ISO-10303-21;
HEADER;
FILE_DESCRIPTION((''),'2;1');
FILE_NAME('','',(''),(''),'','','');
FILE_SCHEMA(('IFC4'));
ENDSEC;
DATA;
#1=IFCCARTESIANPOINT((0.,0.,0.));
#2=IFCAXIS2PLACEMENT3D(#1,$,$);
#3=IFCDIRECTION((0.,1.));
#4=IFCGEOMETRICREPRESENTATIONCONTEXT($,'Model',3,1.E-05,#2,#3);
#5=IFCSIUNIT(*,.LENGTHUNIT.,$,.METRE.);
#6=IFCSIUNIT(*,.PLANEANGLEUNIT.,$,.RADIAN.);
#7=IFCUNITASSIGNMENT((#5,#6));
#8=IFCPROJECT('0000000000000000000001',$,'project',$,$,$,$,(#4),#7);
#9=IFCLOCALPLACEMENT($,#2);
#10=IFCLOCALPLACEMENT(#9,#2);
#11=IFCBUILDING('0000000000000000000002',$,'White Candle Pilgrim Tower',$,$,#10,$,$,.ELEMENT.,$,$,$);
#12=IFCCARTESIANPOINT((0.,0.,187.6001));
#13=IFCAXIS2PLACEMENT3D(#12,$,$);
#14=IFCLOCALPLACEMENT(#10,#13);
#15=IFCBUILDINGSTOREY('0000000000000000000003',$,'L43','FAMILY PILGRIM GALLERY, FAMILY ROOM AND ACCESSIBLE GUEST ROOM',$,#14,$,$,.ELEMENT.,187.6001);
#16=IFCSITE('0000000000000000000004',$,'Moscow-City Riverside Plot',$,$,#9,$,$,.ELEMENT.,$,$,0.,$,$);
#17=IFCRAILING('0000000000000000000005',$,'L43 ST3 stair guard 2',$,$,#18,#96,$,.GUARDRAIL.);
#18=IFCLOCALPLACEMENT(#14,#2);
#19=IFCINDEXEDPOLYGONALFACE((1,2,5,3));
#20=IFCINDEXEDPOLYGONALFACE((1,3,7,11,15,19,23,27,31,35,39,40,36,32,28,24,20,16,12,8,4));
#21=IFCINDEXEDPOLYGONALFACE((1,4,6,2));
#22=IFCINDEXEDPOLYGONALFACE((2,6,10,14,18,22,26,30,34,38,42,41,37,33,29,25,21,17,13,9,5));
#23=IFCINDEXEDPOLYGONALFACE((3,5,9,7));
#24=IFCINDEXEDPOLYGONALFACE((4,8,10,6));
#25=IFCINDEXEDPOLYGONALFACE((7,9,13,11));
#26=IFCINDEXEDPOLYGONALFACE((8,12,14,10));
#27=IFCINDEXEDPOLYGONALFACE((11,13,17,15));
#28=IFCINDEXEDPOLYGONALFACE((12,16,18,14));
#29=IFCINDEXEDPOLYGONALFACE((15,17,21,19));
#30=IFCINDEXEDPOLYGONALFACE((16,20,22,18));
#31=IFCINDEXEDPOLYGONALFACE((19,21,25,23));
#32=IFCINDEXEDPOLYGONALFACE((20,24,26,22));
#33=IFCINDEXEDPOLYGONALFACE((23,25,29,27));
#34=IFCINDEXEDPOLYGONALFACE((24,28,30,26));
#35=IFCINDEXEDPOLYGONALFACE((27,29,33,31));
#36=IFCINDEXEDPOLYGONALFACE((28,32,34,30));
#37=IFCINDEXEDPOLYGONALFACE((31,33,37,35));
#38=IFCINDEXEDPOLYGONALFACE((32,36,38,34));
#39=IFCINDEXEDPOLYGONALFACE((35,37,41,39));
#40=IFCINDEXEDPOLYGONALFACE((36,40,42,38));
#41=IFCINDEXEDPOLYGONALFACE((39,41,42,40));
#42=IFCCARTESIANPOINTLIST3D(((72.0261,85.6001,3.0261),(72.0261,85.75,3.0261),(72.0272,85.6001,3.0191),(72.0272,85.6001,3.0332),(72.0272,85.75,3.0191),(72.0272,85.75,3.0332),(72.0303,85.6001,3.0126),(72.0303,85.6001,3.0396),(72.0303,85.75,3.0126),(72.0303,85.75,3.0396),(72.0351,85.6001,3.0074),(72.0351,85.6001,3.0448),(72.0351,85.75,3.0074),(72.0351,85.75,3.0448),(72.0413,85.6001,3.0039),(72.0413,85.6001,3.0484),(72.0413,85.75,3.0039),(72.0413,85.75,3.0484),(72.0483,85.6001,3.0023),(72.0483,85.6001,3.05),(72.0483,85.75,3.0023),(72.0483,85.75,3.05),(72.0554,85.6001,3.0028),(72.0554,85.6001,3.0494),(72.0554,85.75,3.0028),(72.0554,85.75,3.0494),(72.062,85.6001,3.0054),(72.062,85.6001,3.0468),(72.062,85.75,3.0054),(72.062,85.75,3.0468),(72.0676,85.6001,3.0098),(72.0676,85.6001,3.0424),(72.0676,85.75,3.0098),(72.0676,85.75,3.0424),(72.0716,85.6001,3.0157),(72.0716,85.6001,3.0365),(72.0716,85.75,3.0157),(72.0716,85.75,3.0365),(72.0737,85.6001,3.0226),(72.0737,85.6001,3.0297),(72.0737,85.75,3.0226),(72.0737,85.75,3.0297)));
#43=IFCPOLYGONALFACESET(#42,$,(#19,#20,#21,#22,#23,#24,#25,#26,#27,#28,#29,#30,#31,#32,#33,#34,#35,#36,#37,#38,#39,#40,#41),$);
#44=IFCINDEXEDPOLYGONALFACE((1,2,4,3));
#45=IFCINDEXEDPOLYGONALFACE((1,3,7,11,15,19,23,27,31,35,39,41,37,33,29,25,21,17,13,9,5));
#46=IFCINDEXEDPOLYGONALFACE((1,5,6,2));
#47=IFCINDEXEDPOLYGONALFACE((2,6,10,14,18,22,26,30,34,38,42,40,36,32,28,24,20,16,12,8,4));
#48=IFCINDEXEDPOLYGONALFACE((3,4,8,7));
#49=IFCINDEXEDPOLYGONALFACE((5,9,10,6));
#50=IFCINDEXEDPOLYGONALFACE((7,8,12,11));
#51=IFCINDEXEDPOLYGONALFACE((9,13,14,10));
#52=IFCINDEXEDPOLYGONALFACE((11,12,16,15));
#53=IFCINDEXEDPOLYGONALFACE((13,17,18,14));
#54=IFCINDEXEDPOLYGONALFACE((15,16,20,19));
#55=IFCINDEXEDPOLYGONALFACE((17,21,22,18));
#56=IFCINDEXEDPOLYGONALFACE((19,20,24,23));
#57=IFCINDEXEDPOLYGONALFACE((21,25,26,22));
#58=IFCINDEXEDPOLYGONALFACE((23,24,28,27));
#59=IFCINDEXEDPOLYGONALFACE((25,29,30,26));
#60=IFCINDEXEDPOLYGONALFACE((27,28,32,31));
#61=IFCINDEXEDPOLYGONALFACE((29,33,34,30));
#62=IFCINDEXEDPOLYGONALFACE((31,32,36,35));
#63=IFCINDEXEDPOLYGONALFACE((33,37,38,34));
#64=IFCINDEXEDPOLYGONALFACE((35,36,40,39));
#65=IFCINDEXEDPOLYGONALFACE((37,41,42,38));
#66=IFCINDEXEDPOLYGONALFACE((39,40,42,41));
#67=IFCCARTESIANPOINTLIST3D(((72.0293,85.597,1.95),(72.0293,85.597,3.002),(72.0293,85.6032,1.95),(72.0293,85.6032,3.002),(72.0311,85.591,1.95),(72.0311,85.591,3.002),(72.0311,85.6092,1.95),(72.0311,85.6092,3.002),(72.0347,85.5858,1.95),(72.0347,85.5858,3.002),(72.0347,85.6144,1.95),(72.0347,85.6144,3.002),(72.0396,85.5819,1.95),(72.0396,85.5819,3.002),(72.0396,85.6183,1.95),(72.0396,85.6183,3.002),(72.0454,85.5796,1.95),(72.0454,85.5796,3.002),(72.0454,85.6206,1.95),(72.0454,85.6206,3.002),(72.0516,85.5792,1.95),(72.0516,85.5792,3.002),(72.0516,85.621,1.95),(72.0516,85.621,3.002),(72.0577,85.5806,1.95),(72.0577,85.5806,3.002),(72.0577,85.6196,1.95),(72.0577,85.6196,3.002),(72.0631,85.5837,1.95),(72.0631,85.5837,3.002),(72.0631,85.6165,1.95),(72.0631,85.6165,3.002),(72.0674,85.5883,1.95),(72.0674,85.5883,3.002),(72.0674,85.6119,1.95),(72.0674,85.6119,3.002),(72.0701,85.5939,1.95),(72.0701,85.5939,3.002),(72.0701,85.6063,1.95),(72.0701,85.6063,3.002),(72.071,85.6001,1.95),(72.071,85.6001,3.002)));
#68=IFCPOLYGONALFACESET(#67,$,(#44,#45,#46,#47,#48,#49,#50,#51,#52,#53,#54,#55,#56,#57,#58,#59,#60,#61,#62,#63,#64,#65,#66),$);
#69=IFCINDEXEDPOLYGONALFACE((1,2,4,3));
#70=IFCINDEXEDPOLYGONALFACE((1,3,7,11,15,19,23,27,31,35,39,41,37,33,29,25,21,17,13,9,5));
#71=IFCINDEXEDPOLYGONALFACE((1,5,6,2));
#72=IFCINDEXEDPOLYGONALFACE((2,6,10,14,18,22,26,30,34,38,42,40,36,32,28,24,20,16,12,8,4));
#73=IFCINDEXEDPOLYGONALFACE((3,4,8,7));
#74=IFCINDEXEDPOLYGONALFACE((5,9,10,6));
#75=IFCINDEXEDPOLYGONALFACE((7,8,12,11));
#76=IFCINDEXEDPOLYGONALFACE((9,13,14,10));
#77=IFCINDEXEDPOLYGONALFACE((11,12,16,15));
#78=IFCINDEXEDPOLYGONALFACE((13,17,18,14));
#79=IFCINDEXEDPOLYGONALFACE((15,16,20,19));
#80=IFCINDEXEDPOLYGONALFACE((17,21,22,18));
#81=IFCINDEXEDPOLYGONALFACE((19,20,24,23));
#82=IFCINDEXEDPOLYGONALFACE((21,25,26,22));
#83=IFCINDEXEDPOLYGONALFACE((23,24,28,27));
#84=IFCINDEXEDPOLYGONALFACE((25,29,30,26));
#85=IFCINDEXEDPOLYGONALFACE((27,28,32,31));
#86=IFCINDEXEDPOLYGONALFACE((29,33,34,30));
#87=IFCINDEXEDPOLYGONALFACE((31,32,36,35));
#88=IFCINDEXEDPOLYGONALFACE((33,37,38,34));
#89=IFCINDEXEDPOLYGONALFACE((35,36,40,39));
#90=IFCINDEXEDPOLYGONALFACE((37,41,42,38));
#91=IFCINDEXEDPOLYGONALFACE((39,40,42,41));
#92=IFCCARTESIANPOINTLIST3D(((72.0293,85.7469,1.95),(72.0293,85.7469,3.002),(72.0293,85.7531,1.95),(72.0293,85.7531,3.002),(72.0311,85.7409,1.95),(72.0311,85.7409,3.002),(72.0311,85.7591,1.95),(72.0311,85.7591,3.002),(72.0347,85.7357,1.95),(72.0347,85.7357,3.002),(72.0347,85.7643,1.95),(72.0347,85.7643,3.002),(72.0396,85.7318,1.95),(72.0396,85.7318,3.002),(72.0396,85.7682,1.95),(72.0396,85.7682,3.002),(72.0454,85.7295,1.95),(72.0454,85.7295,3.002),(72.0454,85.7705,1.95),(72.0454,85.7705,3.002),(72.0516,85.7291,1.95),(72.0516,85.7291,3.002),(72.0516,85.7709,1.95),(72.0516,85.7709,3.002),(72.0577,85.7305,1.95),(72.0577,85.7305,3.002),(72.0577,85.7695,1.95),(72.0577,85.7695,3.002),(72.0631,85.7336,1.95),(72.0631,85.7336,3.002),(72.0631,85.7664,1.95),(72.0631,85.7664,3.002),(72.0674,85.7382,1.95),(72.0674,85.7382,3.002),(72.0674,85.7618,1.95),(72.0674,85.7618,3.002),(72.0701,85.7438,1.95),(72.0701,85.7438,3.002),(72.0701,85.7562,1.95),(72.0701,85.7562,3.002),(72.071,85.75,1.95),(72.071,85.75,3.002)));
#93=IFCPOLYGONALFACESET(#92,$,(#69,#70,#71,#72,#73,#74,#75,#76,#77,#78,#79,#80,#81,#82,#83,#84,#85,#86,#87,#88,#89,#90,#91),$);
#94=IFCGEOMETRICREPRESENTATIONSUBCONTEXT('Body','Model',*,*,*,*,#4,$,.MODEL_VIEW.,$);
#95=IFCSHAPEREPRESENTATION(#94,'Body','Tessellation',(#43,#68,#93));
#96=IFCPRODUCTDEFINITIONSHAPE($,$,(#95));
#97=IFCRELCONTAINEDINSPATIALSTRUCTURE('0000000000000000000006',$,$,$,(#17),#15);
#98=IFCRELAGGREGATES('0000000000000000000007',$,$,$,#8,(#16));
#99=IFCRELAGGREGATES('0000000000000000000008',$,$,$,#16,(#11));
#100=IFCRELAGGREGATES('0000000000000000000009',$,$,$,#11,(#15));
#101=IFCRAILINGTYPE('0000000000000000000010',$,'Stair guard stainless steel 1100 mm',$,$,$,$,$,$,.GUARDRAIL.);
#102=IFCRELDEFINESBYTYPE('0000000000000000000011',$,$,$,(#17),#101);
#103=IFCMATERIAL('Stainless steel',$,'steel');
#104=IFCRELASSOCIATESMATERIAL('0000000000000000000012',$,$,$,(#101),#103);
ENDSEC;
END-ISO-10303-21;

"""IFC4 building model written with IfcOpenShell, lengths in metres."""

from ifc_helpers import new_model, si_unit, direction, frame, origin, origin_2d, place, context, subcontext, project, spatial, circle, extrude, material, type_object, element, save


model = new_model("IFC4")

# Units and contexts
model_context = context("Model", 3, precision=1e-05, world=origin(), true_north=direction((0.0, 1.0)))
body_context = subcontext(model_context, "Body", "Model", "MODEL_VIEW")
ifc_project = project(units=[si_unit("LENGTHUNIT", "METRE"), si_unit("PLANEANGLEUNIT", "RADIAN")], contexts=[model_context])

# Site, building, storey
site_placement = place(None, origin())
site = spatial("IfcSite", under=ifc_project, at=site_placement, Name="Moscow-City Riverside Plot", CompositionType="ELEMENT", RefElevation=0.0)
building_placement = place(site_placement, origin())
building = spatial("IfcBuilding", under=site, at=building_placement, Name="White Candle Pilgrim Tower", CompositionType="ELEMENT")
storey_placement = place(building_placement, frame((0.0, 0.0, 187.6001)))
storey = spatial("IfcBuildingStorey", under=building, at=storey_placement, Name="L43", Description="FAMILY PILGRIM GALLERY, FAMILY ROOM AND ACCESSIBLE GUEST ROOM", CompositionType="ELEMENT", Elevation=187.6001)

# Railing
ifc_material_1 = material(Name="Stainless steel", Category="steel")
railing_type_1 = type_object("IfcRailingType", Name="Stair guard stainless steel 1100 mm", PredefinedType="GUARDRAIL", material=ifc_material_1)
railing_1_placement = place(storey_placement, frame((72.05, 85.6001, 1.95)))
element("IfcRailing", 1, at=railing_1_placement, inside=storey, type_object=railing_type_1, Name="L43 ST3 stair guard 2", PredefinedType="GUARDRAIL", context=body_context, shape_type="SweptSolid", body=[
    extrude(circle(Radius=0.0239, at=origin_2d()), frame((0.0, 0.0, 1.0762), z_axis=(0.0, 1.0, 0.0), x_axis=(-1.0, 0.0, 0.0)), (0.0, 0.0, 1.0), 0.1499),
    extrude(circle(Radius=0.021, at=origin_2d()), origin(), (0.0, 0.0, 1.0), 1.052),
    extrude(circle(Radius=0.021, at=origin_2d()), frame((0.0, 0.1499, 0.0)), (0.0, 0.0, 1.0), 1.052),
])

save(model, "model.ifc")
